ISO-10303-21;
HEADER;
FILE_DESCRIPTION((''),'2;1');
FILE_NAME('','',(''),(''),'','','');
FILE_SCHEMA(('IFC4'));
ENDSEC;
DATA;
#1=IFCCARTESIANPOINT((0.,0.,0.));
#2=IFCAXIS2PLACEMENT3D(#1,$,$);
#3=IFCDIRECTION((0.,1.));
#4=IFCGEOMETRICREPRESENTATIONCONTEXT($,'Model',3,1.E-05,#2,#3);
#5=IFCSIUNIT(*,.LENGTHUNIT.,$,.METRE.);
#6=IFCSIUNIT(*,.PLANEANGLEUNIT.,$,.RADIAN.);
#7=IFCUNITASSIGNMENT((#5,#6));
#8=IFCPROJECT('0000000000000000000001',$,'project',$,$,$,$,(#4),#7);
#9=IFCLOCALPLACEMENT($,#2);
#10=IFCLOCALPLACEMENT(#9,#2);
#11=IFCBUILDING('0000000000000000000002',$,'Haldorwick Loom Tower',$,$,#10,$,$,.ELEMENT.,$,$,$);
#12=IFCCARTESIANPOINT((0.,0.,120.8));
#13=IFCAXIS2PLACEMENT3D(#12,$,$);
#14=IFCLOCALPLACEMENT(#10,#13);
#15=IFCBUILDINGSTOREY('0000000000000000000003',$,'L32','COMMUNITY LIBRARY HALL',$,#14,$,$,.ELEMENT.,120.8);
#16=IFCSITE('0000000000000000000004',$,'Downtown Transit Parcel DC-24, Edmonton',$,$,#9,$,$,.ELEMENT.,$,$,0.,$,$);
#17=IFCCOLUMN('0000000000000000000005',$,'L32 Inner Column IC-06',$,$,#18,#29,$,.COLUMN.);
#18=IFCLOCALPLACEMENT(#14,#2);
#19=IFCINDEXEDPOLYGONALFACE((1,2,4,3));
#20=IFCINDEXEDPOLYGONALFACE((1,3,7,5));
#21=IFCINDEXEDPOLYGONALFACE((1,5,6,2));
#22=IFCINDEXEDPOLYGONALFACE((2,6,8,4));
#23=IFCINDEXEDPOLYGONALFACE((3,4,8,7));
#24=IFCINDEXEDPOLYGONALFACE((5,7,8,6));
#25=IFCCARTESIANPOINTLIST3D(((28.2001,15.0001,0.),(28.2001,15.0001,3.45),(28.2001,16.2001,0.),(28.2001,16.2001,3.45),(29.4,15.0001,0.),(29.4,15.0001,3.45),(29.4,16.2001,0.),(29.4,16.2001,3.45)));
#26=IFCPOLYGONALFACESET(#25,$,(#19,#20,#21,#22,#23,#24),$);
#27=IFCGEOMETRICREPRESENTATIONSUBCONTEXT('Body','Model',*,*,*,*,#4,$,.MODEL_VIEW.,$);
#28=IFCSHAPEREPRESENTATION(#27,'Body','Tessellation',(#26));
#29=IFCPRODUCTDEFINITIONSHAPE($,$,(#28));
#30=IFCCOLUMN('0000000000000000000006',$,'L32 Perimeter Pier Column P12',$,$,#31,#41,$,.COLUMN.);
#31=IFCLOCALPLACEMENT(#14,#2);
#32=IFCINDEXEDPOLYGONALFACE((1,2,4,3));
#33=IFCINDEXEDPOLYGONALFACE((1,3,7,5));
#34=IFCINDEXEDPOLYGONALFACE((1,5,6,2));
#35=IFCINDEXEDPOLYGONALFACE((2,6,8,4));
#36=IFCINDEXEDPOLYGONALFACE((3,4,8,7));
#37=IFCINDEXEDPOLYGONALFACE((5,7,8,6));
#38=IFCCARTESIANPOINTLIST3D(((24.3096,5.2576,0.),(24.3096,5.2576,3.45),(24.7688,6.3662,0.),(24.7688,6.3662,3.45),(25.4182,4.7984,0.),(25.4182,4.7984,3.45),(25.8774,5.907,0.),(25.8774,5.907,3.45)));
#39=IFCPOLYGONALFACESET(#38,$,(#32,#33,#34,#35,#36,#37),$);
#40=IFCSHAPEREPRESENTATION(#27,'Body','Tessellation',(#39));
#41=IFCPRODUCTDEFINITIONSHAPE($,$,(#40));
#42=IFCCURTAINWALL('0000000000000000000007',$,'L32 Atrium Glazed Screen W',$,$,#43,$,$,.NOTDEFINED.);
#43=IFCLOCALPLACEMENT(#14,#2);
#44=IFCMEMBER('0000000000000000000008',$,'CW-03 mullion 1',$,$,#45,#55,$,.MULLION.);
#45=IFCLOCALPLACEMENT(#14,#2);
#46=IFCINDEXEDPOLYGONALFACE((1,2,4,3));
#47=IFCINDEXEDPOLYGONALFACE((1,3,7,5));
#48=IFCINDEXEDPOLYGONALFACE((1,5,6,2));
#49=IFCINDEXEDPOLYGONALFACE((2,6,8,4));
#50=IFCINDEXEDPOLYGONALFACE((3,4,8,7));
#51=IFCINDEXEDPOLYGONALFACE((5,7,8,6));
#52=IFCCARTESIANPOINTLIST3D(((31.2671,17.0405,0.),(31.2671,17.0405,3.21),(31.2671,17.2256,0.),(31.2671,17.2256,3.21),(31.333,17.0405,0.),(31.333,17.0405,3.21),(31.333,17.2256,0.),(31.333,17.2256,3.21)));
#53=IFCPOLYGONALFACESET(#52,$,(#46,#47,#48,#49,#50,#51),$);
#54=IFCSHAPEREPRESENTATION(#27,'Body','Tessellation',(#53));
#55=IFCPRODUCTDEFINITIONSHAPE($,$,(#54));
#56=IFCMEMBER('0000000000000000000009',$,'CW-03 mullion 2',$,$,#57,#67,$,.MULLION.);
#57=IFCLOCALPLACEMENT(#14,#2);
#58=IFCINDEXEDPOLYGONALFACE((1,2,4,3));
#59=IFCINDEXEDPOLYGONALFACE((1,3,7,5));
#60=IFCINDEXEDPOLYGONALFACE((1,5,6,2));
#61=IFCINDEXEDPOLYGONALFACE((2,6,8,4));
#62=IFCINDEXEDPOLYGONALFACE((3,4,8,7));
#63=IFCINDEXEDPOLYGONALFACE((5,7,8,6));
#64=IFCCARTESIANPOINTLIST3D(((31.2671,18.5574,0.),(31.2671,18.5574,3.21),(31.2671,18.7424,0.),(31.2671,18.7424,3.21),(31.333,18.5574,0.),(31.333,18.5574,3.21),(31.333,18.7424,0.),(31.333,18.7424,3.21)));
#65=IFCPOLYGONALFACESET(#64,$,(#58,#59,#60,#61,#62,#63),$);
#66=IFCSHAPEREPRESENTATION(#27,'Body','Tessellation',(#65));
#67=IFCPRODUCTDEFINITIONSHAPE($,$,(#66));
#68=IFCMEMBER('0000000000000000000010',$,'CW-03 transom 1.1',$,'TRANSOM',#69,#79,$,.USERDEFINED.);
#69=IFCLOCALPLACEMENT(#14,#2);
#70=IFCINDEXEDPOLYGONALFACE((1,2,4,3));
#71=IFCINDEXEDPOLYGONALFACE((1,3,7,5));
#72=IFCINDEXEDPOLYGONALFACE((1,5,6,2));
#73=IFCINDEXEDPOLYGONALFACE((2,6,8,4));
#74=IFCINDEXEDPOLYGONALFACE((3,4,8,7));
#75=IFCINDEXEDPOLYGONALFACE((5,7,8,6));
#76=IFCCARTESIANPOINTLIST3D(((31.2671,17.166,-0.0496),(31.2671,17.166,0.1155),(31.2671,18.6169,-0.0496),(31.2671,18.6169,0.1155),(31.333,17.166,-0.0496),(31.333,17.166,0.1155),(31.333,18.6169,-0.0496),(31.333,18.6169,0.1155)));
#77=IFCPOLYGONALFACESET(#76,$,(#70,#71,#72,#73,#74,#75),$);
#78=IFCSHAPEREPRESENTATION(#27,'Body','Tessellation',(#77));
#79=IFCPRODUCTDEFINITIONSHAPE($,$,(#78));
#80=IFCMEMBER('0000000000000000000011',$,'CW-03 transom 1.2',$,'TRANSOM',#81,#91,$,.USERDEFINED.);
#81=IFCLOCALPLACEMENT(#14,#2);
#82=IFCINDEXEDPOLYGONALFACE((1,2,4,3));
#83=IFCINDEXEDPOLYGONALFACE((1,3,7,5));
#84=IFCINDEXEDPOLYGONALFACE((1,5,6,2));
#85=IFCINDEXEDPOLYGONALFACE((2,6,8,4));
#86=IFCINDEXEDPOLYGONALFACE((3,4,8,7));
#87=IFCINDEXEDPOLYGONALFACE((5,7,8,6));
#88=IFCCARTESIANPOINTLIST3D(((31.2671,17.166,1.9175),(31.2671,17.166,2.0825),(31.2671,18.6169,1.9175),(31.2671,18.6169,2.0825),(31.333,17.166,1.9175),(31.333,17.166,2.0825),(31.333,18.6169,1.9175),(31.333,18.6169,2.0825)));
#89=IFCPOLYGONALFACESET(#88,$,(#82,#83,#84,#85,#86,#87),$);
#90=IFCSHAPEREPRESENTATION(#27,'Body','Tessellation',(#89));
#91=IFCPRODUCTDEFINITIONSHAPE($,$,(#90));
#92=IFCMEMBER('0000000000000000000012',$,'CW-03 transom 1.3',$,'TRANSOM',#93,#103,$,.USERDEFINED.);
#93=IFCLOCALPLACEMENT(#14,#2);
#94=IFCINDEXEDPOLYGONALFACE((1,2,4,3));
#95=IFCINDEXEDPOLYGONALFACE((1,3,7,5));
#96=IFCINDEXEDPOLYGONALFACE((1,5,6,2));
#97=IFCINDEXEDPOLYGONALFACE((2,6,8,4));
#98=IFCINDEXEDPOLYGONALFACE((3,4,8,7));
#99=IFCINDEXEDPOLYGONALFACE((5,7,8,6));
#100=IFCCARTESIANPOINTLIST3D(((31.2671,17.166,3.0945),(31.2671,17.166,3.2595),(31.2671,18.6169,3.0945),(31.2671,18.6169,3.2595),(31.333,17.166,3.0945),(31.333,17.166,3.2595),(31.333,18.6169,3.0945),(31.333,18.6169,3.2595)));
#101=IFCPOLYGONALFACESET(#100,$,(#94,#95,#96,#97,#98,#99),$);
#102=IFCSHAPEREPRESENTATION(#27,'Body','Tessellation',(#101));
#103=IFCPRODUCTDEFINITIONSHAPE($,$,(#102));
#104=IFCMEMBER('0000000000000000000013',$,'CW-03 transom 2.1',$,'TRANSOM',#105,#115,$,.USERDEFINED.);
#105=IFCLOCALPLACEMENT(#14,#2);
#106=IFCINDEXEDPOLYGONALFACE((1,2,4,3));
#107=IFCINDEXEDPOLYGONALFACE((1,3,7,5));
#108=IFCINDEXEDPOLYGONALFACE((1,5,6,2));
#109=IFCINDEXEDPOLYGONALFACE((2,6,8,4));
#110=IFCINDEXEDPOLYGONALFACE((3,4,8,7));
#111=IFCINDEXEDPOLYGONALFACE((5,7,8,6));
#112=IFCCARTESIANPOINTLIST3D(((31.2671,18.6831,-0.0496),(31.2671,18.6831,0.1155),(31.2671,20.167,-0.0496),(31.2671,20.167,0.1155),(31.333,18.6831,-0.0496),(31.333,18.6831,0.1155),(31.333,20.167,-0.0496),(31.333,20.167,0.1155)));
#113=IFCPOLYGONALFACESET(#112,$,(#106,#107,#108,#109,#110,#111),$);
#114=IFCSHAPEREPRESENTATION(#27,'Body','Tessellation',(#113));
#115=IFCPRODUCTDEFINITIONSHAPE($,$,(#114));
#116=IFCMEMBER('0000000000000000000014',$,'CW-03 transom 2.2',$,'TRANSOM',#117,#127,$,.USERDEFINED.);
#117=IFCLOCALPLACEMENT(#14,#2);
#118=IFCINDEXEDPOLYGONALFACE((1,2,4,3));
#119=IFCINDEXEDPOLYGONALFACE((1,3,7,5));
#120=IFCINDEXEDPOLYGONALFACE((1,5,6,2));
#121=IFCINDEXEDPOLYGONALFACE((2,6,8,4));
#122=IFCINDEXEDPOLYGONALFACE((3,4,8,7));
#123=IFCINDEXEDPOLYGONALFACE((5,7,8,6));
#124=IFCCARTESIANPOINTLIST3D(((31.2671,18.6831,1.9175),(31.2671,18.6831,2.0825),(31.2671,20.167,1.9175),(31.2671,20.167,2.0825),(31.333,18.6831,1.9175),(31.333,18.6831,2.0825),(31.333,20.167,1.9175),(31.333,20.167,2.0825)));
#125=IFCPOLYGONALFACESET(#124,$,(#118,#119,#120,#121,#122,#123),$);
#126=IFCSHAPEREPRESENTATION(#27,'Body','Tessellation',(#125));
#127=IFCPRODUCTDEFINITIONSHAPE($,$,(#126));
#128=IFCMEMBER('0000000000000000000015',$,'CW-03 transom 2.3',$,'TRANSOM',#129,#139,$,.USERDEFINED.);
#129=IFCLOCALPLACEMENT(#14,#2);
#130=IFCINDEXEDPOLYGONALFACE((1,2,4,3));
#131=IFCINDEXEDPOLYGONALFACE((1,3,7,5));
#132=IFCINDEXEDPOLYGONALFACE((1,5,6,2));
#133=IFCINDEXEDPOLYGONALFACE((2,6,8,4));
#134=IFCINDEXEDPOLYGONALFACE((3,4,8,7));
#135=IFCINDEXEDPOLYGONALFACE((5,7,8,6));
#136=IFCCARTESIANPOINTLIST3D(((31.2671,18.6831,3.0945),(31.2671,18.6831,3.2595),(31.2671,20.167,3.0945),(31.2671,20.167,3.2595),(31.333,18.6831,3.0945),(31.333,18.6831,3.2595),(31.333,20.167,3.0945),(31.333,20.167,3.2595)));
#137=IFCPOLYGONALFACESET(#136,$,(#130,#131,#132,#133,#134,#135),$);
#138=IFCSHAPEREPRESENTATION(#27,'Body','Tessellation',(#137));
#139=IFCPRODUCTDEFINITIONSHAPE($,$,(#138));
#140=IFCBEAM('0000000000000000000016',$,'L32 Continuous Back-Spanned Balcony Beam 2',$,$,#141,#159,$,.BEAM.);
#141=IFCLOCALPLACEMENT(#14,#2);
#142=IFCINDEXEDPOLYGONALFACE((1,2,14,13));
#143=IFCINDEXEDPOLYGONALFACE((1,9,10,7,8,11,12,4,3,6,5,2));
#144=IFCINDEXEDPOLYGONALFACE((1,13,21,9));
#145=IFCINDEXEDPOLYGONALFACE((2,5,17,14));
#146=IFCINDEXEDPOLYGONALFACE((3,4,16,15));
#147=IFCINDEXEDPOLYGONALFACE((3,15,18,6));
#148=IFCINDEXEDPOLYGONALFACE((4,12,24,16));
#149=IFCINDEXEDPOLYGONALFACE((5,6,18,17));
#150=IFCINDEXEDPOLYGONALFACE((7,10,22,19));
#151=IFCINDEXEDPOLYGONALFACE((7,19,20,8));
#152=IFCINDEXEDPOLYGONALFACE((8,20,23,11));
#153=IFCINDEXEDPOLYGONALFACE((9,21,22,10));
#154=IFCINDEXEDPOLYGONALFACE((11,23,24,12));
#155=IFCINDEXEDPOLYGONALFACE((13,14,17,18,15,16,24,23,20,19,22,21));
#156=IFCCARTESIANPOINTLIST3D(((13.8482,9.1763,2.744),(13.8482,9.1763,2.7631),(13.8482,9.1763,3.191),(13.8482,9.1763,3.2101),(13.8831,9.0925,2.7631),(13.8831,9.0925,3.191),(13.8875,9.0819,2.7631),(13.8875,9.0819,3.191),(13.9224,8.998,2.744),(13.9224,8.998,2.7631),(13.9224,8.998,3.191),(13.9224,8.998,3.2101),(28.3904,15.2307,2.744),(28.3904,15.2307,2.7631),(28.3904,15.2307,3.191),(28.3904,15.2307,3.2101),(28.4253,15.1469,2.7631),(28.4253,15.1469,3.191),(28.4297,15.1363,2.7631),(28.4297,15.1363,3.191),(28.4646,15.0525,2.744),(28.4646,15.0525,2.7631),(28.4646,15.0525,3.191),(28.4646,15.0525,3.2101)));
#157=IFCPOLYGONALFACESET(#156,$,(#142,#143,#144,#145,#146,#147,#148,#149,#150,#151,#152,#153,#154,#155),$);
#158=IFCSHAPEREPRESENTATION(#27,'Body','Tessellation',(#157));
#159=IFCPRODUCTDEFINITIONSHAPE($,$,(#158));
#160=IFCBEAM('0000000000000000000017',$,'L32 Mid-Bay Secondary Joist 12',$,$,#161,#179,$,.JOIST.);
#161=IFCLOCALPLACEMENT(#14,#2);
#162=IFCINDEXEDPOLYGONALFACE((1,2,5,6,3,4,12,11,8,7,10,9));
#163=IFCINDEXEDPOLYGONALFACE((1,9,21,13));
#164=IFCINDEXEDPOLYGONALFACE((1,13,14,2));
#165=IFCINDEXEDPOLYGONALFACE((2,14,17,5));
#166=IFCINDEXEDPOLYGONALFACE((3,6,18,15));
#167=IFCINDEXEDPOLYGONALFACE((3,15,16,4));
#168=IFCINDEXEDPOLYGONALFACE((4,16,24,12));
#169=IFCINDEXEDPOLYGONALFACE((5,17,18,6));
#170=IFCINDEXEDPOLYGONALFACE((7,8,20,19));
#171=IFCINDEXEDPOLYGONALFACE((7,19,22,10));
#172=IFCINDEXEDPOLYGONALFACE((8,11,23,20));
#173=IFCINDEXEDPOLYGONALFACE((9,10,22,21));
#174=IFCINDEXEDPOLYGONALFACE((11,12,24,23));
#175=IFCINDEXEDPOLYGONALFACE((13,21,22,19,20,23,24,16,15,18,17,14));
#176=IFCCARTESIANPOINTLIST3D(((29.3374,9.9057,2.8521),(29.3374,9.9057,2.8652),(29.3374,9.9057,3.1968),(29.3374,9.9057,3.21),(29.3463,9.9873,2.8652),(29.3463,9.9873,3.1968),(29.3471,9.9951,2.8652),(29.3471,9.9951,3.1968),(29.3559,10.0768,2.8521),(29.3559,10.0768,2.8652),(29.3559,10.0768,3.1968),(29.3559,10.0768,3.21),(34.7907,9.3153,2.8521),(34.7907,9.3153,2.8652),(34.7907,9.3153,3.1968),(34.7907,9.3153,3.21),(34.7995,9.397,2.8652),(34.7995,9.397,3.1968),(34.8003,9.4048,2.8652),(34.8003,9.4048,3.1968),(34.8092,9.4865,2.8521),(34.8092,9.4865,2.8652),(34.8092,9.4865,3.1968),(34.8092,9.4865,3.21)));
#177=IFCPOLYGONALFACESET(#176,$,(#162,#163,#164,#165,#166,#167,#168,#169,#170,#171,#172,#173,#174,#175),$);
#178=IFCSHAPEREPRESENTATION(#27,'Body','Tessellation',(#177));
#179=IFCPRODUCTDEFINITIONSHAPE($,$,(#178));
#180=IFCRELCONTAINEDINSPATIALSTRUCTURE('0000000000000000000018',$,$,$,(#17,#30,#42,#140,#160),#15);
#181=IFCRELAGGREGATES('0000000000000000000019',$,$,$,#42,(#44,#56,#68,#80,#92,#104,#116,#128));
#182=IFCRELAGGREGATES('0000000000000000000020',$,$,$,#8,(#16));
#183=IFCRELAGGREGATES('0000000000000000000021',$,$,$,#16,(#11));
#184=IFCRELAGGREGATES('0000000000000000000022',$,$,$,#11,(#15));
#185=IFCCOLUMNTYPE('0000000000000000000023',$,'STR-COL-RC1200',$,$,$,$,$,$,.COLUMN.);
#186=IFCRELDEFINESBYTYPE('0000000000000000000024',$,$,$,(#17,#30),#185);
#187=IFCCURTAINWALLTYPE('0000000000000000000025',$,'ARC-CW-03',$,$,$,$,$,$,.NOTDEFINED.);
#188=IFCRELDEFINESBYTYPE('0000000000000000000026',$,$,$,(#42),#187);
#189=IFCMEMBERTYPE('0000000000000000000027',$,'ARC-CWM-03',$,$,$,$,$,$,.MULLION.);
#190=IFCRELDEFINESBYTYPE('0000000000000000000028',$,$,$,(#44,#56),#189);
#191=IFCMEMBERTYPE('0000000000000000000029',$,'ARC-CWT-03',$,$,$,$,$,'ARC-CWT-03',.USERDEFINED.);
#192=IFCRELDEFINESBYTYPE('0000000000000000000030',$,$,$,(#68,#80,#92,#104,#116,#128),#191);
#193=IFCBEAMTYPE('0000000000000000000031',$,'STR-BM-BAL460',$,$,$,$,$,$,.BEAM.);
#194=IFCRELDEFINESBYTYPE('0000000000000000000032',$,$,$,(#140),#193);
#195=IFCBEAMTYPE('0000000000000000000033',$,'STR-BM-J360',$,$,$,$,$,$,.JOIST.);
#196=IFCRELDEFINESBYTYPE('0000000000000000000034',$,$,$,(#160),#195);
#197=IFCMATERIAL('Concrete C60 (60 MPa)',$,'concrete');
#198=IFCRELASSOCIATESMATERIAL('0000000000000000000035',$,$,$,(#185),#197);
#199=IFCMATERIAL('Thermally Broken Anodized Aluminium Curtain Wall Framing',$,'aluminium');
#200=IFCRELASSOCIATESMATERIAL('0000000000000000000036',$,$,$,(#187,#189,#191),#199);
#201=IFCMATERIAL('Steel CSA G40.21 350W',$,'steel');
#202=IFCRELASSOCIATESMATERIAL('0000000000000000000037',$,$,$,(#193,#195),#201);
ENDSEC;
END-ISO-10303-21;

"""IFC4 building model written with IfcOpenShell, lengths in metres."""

from ifc_helpers import new_model, si_unit, direction, frame, origin, origin_2d, place, context, subcontext, project, spatial, rectangle, i_section, extrude, material, material_profile, profile_set, type_object, element, aggregate, save


model = new_model("IFC4")

# Units and contexts
model_context = context("Model", 3, precision=1e-05, world=origin(), true_north=direction((0.0, 1.0)))
body_context = subcontext(model_context, "Body", "Model", "MODEL_VIEW")
ifc_project = project(units=[si_unit("LENGTHUNIT", "METRE"), si_unit("PLANEANGLEUNIT", "RADIAN")], contexts=[model_context])

# Site, building, storey
site_placement = place(None, origin())
site = spatial("IfcSite", under=ifc_project, at=site_placement, Name="Downtown Transit Parcel DC-24, Edmonton", CompositionType="ELEMENT", RefElevation=0.0)
building_placement = place(site_placement, origin())
building = spatial("IfcBuilding", under=site, at=building_placement, Name="Haldorwick Loom Tower", CompositionType="ELEMENT")
storey_placement = place(building_placement, frame((0.0, 0.0, 120.8)))
storey = spatial("IfcBuildingStorey", under=building, at=storey_placement, Name="L32", Description="COMMUNITY LIBRARY HALL", CompositionType="ELEMENT", Elevation=120.8)

# Columns
ifc_material_1 = material(Name="Concrete C60 (60 MPa)", Category="concrete")
ifc_material_profile_1 = material_profile(ifc_material_1, rectangle(XDim=1.2, YDim=1.2, at=origin_2d()), Name="RC1200X1200", Category="concrete")
ifc_profile_set_1 = profile_set([ifc_material_profile_1], Name="Concrete C60 (60 MPa)")
column_type = type_object("IfcColumnType", Name="STR-COL-RC1200", PredefinedType="COLUMN", material=ifc_profile_set_1)
for number, where, z_axis, x_axis, name in (
    (1, (28.8, 15.6001, 0.0), (0.0, 0.0, 1.0), (1.0, 0.0, 0.0), "L32 Inner Column IC-06"),
    (2, (25.0935, 5.5823, 0.0), (0.0, 0.0, 1.0), (-0.382683, -0.92388, 0.0), "L32 Perimeter Pier Column P12"),
):
    element("IfcColumn", number, at=place(storey_placement, frame(where, z_axis=z_axis, x_axis=x_axis)), inside=storey, type_object=column_type, Name=name, PredefinedType="COLUMN", context=body_context, shape_type="SweptSolid", body=[
        extrude(rectangle(XDim=1.2, YDim=1.2, at=origin_2d()), origin(), (0.0, 0.0, 1.0), 3.45),
    ])

# Curtain wall, members
ifc_material_2 = material(Name="Thermally Broken Anodized Aluminium Curtain Wall Framing", Category="aluminium")
curtain_wall_type = type_object("IfcCurtainWallType", Name="ARC-CW-03", PredefinedType="NOTDEFINED", material=ifc_material_2)
curtain_wall_placement = place(storey_placement, origin())
curtain_wall = element("IfcCurtainWall", 3, at=curtain_wall_placement, inside=storey, type_object=curtain_wall_type, Name="L32 Atrium Glazed Screen W", PredefinedType="NOTDEFINED")
ifc_material_profile_2 = material_profile(ifc_material_2, rectangle(XDim=0.0659, YDim=0.1851, at=origin_2d()), Name="ALU_MUL_66X185", Category="aluminium")
ifc_profile_set_2 = profile_set([ifc_material_profile_2], Name="Thermally Broken Anodized Aluminium Curtain Wall Framing")
member_type_1 = type_object("IfcMemberType", Name="ARC-CWM-03", PredefinedType="MULLION", material=ifc_profile_set_2)
member_1_placement = place(storey_placement, frame((31.3, 17.1331, 0.0), z_axis=(0.0, 0.0, 1.0), x_axis=(-1.0, 0.0, 0.0)))
member_1 = element("IfcMember", 4, at=member_1_placement, type_object=member_type_1, Name="CW-03 mullion 1", PredefinedType="MULLION", context=body_context, shape_type="SweptSolid", body=[
    extrude(rectangle(XDim=0.0659, YDim=0.1851, at=origin_2d()), origin(), (0.0, 0.0, 1.0), 3.21),
])
member_2_placement = place(storey_placement, frame((31.3, 18.6499, 0.0), z_axis=(0.0, 0.0, 1.0), x_axis=(-1.0, 0.0, 0.0)))
member_2 = element("IfcMember", 5, at=member_2_placement, type_object=member_type_1, Name="CW-03 mullion 2", PredefinedType="MULLION", context=body_context, shape_type="SweptSolid", body=[
    extrude(rectangle(XDim=0.0659, YDim=0.1851, at=origin_2d()), origin(), (0.0, 0.0, 1.0), 3.21),
])
ifc_material_profile_3 = material_profile(ifc_material_2, rectangle(XDim=0.0659, YDim=0.165, at=origin_2d()), Name="ALU_TRN_66X165", Category="aluminium")
ifc_profile_set_3 = profile_set([ifc_material_profile_3], Name="Thermally Broken Anodized Aluminium Curtain Wall Framing")
member_type_2 = type_object("IfcMemberType", Name="ARC-CWT-03", ElementType="ARC-CWT-03", PredefinedType="USERDEFINED", material=ifc_profile_set_3)
member_3_placement = place(storey_placement, frame((31.3, 17.166, 0.033), z_axis=(0.0, 1.0, 0.0), x_axis=(-1.0, 0.0, 0.0)))
member_3 = element("IfcMember", 6, at=member_3_placement, type_object=member_type_2, Name="CW-03 transom 1.1", ObjectType="TRANSOM", PredefinedType="USERDEFINED", context=body_context, shape_type="SweptSolid", body=[
    extrude(rectangle(XDim=0.0659, YDim=0.165, at=origin_2d()), origin(), (0.0, 0.0, 1.0), 1.4509),
])
member_4_placement = place(storey_placement, frame((31.3, 17.166, 2.0), z_axis=(0.0, 1.0, 0.0), x_axis=(-1.0, 0.0, 0.0)))
member_4 = element("IfcMember", 7, at=member_4_placement, type_object=member_type_2, Name="CW-03 transom 1.2", ObjectType="TRANSOM", PredefinedType="USERDEFINED", context=body_context, shape_type="SweptSolid", body=[
    extrude(rectangle(XDim=0.0659, YDim=0.165, at=origin_2d()), origin(), (0.0, 0.0, 1.0), 1.4509),
])
member_5_placement = place(storey_placement, frame((31.3, 17.166, 3.177), z_axis=(0.0, 1.0, 0.0), x_axis=(-1.0, 0.0, 0.0)))
member_5 = element("IfcMember", 8, at=member_5_placement, type_object=member_type_2, Name="CW-03 transom 1.3", ObjectType="TRANSOM", PredefinedType="USERDEFINED", context=body_context, shape_type="SweptSolid", body=[
    extrude(rectangle(XDim=0.0659, YDim=0.165, at=origin_2d()), origin(), (0.0, 0.0, 1.0), 1.4509),
])
member_6_placement = place(storey_placement, frame((31.3, 18.6831, 0.033), z_axis=(0.0, 1.0, 0.0), x_axis=(-1.0, 0.0, 0.0)))
member_6 = element("IfcMember", 9, at=member_6_placement, type_object=member_type_2, Name="CW-03 transom 2.1", ObjectType="TRANSOM", PredefinedType="USERDEFINED", context=body_context, shape_type="SweptSolid", body=[
    extrude(rectangle(XDim=0.0659, YDim=0.165, at=origin_2d()), origin(), (0.0, 0.0, 1.0), 1.4839),
])
member_7_placement = place(storey_placement, frame((31.3, 18.6831, 2.0), z_axis=(0.0, 1.0, 0.0), x_axis=(-1.0, 0.0, 0.0)))
member_7 = element("IfcMember", 10, at=member_7_placement, type_object=member_type_2, Name="CW-03 transom 2.2", ObjectType="TRANSOM", PredefinedType="USERDEFINED", context=body_context, shape_type="SweptSolid", body=[
    extrude(rectangle(XDim=0.0659, YDim=0.165, at=origin_2d()), origin(), (0.0, 0.0, 1.0), 1.4839),
])
member_8_placement = place(storey_placement, frame((31.3, 18.6831, 3.177), z_axis=(0.0, 1.0, 0.0), x_axis=(-1.0, 0.0, 0.0)))
member_8 = element("IfcMember", 11, at=member_8_placement, type_object=member_type_2, Name="CW-03 transom 2.3", ObjectType="TRANSOM", PredefinedType="USERDEFINED", context=body_context, shape_type="SweptSolid", body=[
    extrude(rectangle(XDim=0.0659, YDim=0.165, at=origin_2d()), origin(), (0.0, 0.0, 1.0), 1.4839),
])

# Beams
ifc_material_3 = material(Name="Steel CSA G40.21 350W", Category="steel")
ifc_material_profile_4 = material_profile(ifc_material_3, i_section(OverallWidth=0.1931, OverallDepth=0.4661, WebThickness=0.0115, FlangeThickness=0.019, at=origin_2d()), Name="W460X97", Category="steel")
ifc_profile_set_4 = profile_set([ifc_material_profile_4], Name="Steel CSA G40.21 350W")
beam_type_1 = type_object("IfcBeamType", Name="STR-BM-BAL460", PredefinedType="BEAM", material=ifc_profile_set_4)
beam_1_placement = place(storey_placement, frame((28.4275, 15.1416, 2.9771), z_axis=(-0.923186, -0.384355, 0.0), x_axis=(0.384355, -0.923186, 0.0)))
element("IfcBeam", 12, at=beam_1_placement, inside=storey, type_object=beam_type_1, Name="L32 Continuous Back-Spanned Balcony Beam 2", PredefinedType="BEAM", context=body_context, shape_type="SweptSolid", body=[
    extrude(i_section(OverallWidth=0.1931, OverallDepth=0.4661, WebThickness=0.0115, FlangeThickness=0.019, at=origin_2d()), origin(), (0.0, 0.0, 1.0), 15.7522),
])
ifc_material_profile_5 = material_profile(ifc_material_3, i_section(OverallWidth=0.1721, OverallDepth=0.3579, WebThickness=0.0078, FlangeThickness=0.0132, at=origin_2d()), Name="W360X57", Category="steel")
ifc_profile_set_5 = profile_set([ifc_material_profile_5], Name="Steel CSA G40.21 350W")
beam_type_2 = type_object("IfcBeamType", Name="STR-BM-J360", PredefinedType="JOIST", material=ifc_profile_set_5)
beam_2_placement = place(storey_placement, frame((29.3467, 9.9912, 3.031), z_axis=(0.994192, -0.107622, 0.0), x_axis=(0.107622, 0.994192, 0.0)))
element("IfcBeam", 13, at=beam_2_placement, inside=storey, type_object=beam_type_2, Name="L32 Mid-Bay Secondary Joist 12", PredefinedType="JOIST", context=body_context, shape_type="SweptSolid", body=[
    extrude(i_section(OverallWidth=0.1721, OverallDepth=0.3579, WebThickness=0.0078, FlangeThickness=0.0132, at=origin_2d()), origin(), (0.0, 0.0, 1.0), 5.4851),
])

aggregate(curtain_wall, [member_1, member_2, member_3, member_4, member_5, member_6, member_7, member_8])

save(model, "model.ifc")
